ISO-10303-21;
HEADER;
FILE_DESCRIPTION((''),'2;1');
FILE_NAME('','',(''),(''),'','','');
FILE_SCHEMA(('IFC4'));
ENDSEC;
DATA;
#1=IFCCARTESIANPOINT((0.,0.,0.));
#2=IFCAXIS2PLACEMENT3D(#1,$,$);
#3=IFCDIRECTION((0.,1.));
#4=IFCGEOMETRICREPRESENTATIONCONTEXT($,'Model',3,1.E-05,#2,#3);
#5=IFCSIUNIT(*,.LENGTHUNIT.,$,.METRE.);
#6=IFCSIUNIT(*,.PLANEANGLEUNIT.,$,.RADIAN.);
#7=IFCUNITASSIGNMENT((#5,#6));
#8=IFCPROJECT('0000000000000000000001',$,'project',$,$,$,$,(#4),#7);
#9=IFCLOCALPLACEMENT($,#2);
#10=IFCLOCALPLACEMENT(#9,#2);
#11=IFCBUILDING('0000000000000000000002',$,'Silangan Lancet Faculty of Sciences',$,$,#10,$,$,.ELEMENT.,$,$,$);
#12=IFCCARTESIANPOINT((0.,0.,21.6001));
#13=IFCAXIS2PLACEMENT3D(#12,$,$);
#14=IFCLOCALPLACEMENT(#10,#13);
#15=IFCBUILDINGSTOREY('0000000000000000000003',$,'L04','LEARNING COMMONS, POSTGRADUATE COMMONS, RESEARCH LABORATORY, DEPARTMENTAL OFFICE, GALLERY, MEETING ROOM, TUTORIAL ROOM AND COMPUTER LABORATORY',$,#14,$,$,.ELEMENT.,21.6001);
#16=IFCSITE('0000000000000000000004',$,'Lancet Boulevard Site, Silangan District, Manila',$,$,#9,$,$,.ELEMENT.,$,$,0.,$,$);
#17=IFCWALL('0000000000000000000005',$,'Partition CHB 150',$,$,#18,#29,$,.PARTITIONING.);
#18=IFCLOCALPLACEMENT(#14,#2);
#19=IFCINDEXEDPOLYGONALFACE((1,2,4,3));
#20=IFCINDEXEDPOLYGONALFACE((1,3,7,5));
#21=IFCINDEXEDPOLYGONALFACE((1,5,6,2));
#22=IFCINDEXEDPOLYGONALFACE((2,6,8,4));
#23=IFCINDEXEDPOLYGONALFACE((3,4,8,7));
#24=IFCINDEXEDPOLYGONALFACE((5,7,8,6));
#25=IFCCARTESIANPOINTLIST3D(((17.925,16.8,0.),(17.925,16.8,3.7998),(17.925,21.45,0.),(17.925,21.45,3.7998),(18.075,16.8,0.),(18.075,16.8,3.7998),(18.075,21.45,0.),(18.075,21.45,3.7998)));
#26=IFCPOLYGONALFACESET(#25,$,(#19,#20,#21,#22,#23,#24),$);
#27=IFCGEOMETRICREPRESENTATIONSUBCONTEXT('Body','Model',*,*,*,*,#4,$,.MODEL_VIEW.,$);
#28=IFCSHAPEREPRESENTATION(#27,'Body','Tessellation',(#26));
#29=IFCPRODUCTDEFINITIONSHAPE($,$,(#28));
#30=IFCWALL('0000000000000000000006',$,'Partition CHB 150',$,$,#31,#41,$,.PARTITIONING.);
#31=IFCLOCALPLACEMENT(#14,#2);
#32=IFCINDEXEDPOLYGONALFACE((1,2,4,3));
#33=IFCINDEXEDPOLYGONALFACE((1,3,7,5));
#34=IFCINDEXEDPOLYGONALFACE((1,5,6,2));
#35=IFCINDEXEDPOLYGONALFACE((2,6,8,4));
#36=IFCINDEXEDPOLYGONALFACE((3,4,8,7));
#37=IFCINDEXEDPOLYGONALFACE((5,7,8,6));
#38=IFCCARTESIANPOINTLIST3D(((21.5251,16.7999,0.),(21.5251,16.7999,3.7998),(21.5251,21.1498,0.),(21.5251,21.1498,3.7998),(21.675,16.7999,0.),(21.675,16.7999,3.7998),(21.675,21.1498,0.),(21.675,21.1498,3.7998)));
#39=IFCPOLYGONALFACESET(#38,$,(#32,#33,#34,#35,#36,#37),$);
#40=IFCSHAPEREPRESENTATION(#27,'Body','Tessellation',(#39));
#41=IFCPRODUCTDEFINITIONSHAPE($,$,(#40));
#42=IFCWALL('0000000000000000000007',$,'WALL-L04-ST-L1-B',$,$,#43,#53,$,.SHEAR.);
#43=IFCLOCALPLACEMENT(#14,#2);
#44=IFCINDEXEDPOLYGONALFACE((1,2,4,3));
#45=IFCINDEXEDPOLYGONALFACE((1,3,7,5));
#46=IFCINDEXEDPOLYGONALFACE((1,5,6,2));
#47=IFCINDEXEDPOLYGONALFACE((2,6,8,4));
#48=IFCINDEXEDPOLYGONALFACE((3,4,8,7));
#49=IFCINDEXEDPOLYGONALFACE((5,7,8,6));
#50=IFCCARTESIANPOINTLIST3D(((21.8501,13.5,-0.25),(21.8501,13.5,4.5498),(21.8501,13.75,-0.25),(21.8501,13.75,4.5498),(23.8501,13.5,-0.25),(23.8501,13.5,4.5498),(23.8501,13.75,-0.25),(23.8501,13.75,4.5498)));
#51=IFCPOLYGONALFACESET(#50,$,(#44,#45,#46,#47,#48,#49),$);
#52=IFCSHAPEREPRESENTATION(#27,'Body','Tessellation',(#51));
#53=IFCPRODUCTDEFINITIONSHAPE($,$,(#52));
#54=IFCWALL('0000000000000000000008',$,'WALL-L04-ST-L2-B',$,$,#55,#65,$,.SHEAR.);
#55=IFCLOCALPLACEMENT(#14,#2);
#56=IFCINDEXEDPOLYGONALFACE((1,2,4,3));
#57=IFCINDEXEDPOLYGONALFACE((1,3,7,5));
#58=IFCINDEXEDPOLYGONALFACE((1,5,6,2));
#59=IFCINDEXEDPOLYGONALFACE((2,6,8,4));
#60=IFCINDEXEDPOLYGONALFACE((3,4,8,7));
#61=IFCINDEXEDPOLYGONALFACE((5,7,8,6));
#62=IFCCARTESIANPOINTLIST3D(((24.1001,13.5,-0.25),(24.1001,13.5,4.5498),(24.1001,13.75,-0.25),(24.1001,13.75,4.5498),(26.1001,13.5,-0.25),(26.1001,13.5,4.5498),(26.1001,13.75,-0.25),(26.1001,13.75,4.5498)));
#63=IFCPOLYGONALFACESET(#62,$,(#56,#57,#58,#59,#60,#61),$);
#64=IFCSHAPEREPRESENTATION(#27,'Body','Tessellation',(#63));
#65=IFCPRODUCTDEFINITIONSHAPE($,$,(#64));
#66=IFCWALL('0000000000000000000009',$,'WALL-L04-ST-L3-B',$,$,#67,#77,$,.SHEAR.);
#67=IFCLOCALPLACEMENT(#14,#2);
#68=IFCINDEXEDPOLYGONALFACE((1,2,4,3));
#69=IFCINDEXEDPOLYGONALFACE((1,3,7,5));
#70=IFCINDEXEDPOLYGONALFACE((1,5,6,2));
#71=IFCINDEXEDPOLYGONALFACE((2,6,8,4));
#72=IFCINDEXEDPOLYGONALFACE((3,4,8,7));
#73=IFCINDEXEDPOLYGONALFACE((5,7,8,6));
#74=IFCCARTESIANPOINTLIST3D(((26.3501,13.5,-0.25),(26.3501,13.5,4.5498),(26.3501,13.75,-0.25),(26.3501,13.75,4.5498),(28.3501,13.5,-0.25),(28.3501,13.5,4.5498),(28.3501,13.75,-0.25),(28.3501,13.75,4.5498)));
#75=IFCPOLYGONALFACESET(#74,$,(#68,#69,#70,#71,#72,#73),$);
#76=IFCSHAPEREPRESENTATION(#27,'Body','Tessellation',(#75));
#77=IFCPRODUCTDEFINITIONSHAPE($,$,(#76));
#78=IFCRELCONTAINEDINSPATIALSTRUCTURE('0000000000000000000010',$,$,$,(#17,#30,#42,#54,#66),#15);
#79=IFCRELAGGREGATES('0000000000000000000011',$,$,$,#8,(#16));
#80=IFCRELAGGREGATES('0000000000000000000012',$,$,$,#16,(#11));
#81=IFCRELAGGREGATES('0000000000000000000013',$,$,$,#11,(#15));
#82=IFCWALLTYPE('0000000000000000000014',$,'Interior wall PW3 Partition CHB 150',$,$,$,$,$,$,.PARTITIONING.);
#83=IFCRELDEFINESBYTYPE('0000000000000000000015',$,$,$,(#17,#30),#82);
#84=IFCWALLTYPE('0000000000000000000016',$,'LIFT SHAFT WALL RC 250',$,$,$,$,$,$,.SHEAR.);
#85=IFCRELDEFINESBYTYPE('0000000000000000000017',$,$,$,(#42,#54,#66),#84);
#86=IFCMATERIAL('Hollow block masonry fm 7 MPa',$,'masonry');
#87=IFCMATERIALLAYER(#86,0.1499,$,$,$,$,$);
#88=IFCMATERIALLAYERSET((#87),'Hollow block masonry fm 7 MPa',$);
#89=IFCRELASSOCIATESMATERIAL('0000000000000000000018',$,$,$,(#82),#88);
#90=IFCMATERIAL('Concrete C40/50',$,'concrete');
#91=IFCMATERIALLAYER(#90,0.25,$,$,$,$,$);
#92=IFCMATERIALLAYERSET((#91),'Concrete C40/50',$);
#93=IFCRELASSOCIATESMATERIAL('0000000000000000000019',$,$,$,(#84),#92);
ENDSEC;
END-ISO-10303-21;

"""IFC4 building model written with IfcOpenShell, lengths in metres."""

from ifc_helpers import new_model, si_unit, direction, frame, frame_2d, origin, place, context, subcontext, project, spatial, rectangle, extrude, material, layer, layer_set, type_object, element, save


model = new_model("IFC4")

# Units and contexts
model_context = context("Model", 3, precision=1e-05, world=origin(), true_north=direction((0.0, 1.0)))
body_context = subcontext(model_context, "Body", "Model", "MODEL_VIEW")
ifc_project = project(units=[si_unit("LENGTHUNIT", "METRE"), si_unit("PLANEANGLEUNIT", "RADIAN")], contexts=[model_context])

# Site, building, storey
site_placement = place(None, origin())
site = spatial("IfcSite", under=ifc_project, at=site_placement, Name="Lancet Boulevard Site, Silangan District, Manila", CompositionType="ELEMENT", RefElevation=0.0)
building_placement = place(site_placement, origin())
building = spatial("IfcBuilding", under=site, at=building_placement, Name="Silangan Lancet Faculty of Sciences", CompositionType="ELEMENT")
storey_placement = place(building_placement, frame((0.0, 0.0, 21.6001)))
storey = spatial("IfcBuildingStorey", under=building, at=storey_placement, Name="L04", Description="LEARNING COMMONS, POSTGRADUATE COMMONS, RESEARCH LABORATORY, DEPARTMENTAL OFFICE, GALLERY, MEETING ROOM, TUTORIAL ROOM AND COMPUTER LABORATORY", CompositionType="ELEMENT", Elevation=21.6001)

# Walls
ifc_material_1 = material(Name="Hollow block masonry fm 7 MPa", Category="masonry")
ifc_layer_1 = layer(ifc_material_1, 0.1499)
ifc_layer_set_1 = layer_set([ifc_layer_1], Name="Hollow block masonry fm 7 MPa")
wall_type_1 = type_object("IfcWallType", Name="Interior wall PW3 Partition CHB 150", PredefinedType="PARTITIONING", material=ifc_layer_set_1)
wall_1_placement = place(storey_placement, frame((18.0, 16.8, 0.0), z_axis=(0.0, 0.0, 1.0), x_axis=(0.0, 1.0, 0.0)))
element("IfcWall", 1, at=wall_1_placement, inside=storey, type_object=wall_type_1, Name="Partition CHB 150", PredefinedType="PARTITIONING", context=body_context, shape_type="SweptSolid", body=[
    extrude(rectangle(XDim=4.6499, YDim=0.1499, at=frame_2d((2.325, 0.0))), origin(), (0.0, 0.0, 1.0), 3.7998),
])
wall_2_placement = place(storey_placement, frame((21.6001, 16.8, 0.0), z_axis=(0.0, 0.0, 1.0), x_axis=(0.0, 1.0, 0.0)))
element("IfcWall", 2, at=wall_2_placement, inside=storey, type_object=wall_type_1, Name="Partition CHB 150", PredefinedType="PARTITIONING", context=body_context, shape_type="SweptSolid", body=[
    extrude(rectangle(XDim=4.3499, YDim=0.1499, at=frame_2d((2.1748, 0.0))), origin(), (0.0, 0.0, 1.0), 3.7998),
])
ifc_material_2 = material(Name="Concrete C40/50", Category="concrete")
ifc_layer_2 = layer(ifc_material_2, 0.25)
ifc_layer_set_2 = layer_set([ifc_layer_2], Name="Concrete C40/50")
wall_type_2 = type_object("IfcWallType", Name="LIFT SHAFT WALL RC 250", PredefinedType="SHEAR", material=ifc_layer_set_2)
for number, where, z_axis, x_axis, name in (
    (3, (21.8501, 13.625, -0.25), (0.0, 0.0, 1.0), (1.0, 0.0, 0.0), "WALL-L04-ST-L1-B"),
    (4, (24.1001, 13.625, -0.25), (0.0, 0.0, 1.0), (1.0, 0.0, 0.0), "WALL-L04-ST-L2-B"),
    (5, (26.3501, 13.625, -0.25), (0.0, 0.0, 1.0), (1.0, 0.0, 0.0), "WALL-L04-ST-L3-B"),
):
    element("IfcWall", number, at=place(storey_placement, frame(where, z_axis=z_axis, x_axis=x_axis)), inside=storey, type_object=wall_type_2, Name=name, PredefinedType="SHEAR", context=body_context, shape_type="SweptSolid", body=[
        extrude(rectangle(XDim=2.0, YDim=0.25, at=frame_2d((1.0, 0.0))), origin(), (0.0, 0.0, 1.0), 4.7998),
    ])

save(model, "model.ifc")
